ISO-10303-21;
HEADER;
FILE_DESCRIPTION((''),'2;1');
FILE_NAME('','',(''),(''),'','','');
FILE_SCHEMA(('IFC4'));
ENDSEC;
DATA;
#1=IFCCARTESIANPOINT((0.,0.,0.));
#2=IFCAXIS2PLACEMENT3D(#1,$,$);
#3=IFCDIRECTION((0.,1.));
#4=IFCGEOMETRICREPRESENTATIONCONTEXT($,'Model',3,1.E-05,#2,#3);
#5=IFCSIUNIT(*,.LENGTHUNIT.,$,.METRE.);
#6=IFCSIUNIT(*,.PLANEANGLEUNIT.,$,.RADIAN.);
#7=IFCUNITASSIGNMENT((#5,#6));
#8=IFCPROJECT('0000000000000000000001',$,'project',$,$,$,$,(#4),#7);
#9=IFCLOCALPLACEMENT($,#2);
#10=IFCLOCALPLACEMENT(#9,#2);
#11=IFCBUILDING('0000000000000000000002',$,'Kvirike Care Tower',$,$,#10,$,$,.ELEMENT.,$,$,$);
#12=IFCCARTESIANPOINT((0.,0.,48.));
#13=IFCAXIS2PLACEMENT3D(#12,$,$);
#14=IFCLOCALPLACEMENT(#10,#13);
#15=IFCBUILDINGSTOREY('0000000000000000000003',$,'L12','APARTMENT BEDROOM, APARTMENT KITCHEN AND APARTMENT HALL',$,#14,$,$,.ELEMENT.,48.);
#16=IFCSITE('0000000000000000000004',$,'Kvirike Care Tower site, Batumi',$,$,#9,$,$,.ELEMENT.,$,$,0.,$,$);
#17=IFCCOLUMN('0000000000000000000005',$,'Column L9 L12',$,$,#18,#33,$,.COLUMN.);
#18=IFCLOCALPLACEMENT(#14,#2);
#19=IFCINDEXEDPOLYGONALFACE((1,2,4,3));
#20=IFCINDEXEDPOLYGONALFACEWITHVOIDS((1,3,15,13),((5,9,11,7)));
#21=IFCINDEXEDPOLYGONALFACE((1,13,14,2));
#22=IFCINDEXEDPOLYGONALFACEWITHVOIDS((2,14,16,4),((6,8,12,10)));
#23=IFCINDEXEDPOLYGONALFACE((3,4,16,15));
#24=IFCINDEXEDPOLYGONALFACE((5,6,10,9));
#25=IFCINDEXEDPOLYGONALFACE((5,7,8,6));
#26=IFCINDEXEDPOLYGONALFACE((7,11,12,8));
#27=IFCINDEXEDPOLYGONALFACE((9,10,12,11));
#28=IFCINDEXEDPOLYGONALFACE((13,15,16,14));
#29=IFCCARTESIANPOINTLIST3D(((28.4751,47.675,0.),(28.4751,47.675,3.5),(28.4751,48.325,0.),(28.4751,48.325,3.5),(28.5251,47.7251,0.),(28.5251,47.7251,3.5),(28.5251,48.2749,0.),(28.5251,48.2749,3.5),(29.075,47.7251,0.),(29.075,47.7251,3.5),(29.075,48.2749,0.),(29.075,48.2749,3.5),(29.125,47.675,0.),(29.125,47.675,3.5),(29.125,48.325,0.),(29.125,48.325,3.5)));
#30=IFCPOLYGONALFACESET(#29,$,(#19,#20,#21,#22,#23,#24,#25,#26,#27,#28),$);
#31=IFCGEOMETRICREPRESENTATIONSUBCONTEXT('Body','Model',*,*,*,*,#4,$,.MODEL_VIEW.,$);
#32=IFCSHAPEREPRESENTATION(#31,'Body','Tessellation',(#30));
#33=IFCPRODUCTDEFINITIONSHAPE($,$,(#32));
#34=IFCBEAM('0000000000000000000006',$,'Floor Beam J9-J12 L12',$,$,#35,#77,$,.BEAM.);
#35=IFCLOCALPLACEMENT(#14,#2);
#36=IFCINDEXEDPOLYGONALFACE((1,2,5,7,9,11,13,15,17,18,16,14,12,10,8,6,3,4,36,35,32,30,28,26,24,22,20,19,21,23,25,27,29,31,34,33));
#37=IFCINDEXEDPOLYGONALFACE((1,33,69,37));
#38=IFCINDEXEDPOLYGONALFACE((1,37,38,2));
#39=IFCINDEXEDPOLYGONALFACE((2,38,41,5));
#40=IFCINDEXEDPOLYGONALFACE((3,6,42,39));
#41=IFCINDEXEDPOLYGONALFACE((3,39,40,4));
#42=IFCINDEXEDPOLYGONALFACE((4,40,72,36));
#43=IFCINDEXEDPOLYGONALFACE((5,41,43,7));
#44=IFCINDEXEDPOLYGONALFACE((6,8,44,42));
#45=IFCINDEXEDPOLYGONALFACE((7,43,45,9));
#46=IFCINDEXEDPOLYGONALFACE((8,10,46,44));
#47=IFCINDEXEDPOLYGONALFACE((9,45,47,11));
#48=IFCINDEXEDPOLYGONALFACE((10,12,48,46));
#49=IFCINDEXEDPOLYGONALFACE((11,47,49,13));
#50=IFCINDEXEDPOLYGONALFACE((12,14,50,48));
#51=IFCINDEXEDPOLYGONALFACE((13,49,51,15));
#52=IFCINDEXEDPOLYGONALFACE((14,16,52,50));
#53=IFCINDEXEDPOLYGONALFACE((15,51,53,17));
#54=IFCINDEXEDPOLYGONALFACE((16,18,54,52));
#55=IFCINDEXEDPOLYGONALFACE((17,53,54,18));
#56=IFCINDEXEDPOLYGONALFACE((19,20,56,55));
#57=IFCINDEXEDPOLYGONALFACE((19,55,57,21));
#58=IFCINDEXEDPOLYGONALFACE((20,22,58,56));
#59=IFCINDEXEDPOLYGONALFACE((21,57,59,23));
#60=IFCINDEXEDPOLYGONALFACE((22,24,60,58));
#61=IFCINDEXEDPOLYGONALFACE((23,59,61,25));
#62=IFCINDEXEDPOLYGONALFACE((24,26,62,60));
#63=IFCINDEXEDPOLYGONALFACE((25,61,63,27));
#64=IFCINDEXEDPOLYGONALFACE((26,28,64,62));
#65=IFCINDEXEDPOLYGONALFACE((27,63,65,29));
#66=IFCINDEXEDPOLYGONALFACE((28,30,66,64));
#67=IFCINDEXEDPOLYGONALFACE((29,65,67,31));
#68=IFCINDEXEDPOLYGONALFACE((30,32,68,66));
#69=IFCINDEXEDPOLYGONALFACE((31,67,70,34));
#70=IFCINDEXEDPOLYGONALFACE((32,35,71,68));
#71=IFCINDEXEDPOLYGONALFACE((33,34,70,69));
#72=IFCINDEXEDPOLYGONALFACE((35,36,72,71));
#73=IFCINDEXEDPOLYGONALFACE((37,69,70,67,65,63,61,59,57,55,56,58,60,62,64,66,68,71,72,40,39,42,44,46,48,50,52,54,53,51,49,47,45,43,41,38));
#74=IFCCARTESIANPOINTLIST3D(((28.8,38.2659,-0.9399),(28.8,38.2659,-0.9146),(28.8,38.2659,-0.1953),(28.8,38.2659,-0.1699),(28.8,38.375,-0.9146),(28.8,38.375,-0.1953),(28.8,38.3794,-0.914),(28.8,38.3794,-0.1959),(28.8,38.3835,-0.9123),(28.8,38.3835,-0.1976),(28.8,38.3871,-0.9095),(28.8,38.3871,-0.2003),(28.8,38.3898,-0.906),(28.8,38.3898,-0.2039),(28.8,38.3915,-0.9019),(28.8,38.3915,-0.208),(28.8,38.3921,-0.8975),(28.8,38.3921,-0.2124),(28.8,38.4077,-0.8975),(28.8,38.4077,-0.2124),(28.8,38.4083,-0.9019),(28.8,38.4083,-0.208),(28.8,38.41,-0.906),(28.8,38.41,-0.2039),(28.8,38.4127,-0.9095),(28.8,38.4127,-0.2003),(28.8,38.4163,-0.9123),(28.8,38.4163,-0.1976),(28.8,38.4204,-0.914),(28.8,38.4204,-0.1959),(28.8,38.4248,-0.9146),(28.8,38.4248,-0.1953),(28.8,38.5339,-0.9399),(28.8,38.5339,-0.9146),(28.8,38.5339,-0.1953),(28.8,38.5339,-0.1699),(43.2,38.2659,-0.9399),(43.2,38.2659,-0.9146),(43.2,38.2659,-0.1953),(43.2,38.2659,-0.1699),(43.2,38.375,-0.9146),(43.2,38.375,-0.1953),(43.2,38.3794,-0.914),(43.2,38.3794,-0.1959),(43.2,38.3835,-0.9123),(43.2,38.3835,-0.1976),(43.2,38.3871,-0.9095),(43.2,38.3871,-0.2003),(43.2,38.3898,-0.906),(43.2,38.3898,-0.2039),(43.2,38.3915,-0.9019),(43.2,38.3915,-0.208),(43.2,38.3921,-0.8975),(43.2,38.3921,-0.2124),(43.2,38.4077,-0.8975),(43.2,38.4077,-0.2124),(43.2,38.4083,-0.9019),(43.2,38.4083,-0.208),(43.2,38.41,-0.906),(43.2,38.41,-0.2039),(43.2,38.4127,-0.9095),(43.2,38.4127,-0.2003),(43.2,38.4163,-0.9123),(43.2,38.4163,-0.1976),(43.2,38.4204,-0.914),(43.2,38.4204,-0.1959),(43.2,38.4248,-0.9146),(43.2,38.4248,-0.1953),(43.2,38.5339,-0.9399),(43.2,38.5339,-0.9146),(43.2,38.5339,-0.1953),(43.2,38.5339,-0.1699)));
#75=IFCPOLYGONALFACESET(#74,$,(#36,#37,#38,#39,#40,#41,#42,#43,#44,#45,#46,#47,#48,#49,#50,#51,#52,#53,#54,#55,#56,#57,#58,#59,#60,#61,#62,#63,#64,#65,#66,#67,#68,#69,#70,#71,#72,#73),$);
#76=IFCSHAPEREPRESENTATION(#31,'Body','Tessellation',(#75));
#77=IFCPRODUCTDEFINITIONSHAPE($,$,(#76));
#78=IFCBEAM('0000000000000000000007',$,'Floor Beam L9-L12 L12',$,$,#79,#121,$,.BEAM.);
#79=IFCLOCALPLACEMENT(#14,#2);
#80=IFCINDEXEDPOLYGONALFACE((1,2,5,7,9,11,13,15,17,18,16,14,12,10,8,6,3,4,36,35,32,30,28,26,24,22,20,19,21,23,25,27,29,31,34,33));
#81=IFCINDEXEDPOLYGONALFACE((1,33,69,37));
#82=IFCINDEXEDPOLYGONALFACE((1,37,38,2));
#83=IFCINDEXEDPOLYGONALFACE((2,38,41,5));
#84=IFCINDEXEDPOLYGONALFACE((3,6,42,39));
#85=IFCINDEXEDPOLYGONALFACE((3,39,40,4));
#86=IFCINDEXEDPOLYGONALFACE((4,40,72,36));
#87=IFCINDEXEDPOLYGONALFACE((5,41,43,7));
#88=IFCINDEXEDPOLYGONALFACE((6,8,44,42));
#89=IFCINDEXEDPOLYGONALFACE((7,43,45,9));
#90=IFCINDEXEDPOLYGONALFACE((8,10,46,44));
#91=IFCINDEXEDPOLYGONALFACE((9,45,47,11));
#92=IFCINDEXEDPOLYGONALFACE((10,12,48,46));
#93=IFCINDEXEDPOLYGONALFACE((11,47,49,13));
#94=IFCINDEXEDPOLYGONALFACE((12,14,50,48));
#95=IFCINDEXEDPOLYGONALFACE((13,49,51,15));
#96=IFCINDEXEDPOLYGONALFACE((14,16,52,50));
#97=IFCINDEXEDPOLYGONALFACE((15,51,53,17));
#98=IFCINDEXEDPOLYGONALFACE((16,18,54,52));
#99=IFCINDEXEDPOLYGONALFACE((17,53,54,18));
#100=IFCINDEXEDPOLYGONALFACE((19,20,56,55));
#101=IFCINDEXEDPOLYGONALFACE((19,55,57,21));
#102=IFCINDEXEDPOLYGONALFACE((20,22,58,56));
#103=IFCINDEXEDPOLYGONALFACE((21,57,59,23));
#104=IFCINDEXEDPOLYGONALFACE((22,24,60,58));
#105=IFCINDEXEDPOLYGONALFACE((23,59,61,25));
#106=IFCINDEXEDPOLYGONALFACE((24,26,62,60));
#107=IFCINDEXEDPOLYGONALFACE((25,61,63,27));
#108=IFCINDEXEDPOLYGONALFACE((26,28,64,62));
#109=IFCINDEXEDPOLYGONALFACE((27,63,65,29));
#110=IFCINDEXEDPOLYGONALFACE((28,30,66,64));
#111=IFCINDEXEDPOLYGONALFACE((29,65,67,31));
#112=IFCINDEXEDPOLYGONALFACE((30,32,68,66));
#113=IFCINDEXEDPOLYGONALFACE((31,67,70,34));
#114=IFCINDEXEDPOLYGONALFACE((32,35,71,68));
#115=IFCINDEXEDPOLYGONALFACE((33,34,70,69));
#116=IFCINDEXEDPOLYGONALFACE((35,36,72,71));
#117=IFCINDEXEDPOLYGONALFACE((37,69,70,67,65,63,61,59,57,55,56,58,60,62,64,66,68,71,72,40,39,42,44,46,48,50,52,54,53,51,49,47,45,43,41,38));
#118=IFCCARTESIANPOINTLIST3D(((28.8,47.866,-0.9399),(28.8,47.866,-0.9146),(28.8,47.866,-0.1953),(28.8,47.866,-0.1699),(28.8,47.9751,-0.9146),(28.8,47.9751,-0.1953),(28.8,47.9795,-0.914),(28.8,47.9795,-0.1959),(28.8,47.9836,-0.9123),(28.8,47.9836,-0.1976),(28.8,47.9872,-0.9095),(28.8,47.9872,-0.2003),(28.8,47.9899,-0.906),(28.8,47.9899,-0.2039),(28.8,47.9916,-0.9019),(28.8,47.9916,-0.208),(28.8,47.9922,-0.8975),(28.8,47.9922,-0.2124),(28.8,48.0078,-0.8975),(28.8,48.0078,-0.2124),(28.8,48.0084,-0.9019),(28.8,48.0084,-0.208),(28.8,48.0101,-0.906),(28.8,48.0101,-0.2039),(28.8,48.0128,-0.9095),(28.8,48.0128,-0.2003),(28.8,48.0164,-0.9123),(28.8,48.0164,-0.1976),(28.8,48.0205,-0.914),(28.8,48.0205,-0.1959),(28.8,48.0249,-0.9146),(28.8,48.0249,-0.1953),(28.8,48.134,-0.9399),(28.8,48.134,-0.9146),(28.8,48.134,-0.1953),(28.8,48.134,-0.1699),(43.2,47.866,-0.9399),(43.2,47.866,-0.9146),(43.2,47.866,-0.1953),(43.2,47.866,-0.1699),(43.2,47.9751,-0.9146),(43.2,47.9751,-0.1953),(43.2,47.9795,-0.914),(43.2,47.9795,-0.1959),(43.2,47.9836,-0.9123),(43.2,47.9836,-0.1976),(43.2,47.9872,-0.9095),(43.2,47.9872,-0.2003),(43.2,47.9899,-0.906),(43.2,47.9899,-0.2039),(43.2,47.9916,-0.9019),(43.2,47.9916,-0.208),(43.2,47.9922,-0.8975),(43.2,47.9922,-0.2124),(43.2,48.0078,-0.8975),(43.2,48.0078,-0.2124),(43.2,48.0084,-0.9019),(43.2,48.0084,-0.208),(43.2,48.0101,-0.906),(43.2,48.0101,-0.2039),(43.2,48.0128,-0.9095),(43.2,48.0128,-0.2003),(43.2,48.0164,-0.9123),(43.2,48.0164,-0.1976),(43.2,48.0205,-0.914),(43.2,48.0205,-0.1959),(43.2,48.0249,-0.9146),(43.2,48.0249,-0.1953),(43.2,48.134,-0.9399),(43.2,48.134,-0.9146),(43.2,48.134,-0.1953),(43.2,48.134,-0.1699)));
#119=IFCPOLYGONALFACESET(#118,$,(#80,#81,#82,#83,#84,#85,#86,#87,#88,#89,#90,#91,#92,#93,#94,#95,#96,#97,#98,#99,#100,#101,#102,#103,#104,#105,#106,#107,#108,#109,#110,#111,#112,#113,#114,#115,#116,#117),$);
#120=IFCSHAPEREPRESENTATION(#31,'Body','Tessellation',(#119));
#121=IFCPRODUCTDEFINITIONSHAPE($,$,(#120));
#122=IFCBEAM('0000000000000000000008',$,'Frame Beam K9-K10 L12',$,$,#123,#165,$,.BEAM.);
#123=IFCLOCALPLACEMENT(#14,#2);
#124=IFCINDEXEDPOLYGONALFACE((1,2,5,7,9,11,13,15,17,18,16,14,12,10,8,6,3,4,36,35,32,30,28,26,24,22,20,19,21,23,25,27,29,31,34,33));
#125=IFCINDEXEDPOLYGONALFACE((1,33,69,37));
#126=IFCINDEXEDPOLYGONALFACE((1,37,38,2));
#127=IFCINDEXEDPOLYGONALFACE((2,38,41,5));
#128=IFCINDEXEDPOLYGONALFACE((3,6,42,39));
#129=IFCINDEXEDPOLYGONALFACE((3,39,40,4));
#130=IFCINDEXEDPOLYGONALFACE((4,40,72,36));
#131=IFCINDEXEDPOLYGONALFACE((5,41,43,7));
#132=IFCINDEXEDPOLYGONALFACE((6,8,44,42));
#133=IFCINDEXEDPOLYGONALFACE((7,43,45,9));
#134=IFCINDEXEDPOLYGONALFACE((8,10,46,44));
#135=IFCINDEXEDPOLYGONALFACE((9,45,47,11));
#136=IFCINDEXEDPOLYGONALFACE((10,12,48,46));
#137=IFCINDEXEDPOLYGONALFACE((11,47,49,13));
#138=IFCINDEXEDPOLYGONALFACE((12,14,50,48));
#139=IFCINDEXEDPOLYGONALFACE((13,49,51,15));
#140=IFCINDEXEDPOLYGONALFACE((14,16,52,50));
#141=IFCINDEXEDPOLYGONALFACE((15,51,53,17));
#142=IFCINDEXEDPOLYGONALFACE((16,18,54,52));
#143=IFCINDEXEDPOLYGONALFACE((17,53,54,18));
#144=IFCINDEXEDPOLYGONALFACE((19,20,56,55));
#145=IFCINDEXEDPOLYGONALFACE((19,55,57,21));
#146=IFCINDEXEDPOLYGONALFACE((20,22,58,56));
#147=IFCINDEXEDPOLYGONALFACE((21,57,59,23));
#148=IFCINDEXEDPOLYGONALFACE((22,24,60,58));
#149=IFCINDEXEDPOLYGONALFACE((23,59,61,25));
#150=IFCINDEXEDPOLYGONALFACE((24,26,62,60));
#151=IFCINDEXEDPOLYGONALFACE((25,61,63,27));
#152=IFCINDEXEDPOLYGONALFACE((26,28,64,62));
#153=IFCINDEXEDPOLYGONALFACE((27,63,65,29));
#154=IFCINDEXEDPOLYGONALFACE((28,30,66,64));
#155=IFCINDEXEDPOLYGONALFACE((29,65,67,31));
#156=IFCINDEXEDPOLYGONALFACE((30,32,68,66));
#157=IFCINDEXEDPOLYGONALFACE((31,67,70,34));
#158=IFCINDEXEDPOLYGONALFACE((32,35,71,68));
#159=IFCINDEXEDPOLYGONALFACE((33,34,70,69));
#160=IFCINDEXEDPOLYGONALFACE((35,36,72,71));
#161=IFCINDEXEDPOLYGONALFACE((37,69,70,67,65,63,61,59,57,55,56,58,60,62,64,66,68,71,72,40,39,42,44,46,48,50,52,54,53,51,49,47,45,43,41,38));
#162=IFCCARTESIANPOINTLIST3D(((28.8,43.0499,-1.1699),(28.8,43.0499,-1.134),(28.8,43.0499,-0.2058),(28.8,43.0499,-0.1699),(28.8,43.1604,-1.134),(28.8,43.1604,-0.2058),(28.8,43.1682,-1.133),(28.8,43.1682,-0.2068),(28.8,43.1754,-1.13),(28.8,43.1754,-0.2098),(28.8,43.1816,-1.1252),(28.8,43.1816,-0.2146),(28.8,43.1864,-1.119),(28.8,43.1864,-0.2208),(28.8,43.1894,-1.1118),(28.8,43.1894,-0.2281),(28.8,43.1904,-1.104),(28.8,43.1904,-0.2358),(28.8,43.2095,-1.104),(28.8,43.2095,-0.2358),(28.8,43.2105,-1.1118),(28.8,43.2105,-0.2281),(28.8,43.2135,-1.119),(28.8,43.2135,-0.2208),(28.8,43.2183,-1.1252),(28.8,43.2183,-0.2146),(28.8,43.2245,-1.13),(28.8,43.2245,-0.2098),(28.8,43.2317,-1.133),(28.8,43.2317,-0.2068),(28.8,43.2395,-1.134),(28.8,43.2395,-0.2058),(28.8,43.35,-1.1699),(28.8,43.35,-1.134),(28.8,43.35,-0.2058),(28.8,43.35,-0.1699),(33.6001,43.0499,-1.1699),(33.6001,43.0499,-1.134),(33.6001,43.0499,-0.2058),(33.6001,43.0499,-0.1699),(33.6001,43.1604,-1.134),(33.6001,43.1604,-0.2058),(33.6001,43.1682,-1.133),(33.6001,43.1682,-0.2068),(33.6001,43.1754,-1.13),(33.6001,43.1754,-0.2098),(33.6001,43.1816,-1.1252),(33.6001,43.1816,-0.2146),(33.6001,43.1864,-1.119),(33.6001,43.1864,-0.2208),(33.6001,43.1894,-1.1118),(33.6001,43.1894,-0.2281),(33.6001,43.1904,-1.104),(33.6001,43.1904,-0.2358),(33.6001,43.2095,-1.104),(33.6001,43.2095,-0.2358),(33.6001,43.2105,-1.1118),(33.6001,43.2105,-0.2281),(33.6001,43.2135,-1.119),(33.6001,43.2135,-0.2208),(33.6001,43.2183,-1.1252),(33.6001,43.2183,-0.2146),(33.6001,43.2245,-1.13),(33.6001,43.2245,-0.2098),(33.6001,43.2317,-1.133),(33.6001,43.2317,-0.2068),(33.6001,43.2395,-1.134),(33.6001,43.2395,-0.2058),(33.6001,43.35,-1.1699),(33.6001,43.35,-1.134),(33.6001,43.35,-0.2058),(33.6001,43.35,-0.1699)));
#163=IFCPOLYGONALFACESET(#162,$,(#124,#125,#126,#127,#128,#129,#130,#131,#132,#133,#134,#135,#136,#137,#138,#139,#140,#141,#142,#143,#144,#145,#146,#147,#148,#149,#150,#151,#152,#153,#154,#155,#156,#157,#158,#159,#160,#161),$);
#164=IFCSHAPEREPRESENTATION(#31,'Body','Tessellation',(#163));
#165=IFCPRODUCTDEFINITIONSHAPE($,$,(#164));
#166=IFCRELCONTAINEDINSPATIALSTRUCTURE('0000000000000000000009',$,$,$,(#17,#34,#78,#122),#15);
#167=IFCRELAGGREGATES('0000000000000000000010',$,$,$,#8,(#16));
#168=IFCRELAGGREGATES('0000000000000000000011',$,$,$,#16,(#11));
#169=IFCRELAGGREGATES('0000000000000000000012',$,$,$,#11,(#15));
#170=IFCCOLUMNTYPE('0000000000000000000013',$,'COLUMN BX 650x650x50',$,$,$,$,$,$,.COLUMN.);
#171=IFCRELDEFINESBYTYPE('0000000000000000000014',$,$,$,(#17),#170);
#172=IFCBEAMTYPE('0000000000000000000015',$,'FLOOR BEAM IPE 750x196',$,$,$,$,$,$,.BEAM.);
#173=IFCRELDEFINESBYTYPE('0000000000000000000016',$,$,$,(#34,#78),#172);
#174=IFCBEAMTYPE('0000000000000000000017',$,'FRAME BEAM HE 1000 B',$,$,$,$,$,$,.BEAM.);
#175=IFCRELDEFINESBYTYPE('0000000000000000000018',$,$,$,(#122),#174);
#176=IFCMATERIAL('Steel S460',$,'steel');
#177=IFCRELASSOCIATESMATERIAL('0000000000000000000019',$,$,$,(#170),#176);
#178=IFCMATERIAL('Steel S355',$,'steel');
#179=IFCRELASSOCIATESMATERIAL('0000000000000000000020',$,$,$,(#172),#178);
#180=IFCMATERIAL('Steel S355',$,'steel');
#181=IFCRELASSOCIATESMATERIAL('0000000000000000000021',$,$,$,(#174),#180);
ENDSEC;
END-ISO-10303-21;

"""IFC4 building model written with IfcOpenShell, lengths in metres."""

from ifc_helpers import new_model, si_unit, direction, frame, origin, origin_2d, place, context, subcontext, project, spatial, hollow_rectangle, i_section, extrude, material, material_profile, profile_set, type_object, element, save


model = new_model("IFC4")

# Units and contexts
model_context = context("Model", 3, precision=1e-05, world=origin(), true_north=direction((0.0, 1.0)))
body_context = subcontext(model_context, "Body", "Model", "MODEL_VIEW")
ifc_project = project(units=[si_unit("LENGTHUNIT", "METRE"), si_unit("PLANEANGLEUNIT", "RADIAN")], contexts=[model_context])

# Site, building, storey
site_placement = place(None, origin())
site = spatial("IfcSite", under=ifc_project, at=site_placement, Name="Kvirike Care Tower site, Batumi", CompositionType="ELEMENT", RefElevation=0.0)
building_placement = place(site_placement, origin())
building = spatial("IfcBuilding", under=site, at=building_placement, Name="Kvirike Care Tower", CompositionType="ELEMENT")
storey_placement = place(building_placement, frame((0.0, 0.0, 48.0)))
storey = spatial("IfcBuildingStorey", under=building, at=storey_placement, Name="L12", Description="APARTMENT BEDROOM, APARTMENT KITCHEN AND APARTMENT HALL", CompositionType="ELEMENT", Elevation=48.0)

# Column
ifc_material_1 = material(Name="Steel S460", Category="steel")
ifc_material_profile_1 = material_profile(ifc_material_1, hollow_rectangle(XDim=0.6499, YDim=0.6499, WallThickness=0.05, at=origin_2d()), Name="BX 650x650x50")
ifc_profile_set_1 = profile_set([ifc_material_profile_1], Name="Steel S460")
column_type = type_object("IfcColumnType", Name="COLUMN BX 650x650x50", PredefinedType="COLUMN", material=ifc_profile_set_1)
column_placement = place(storey_placement, frame((28.8, 48.0, 0.0), z_axis=(0.0, 0.0, 1.0), x_axis=(1.0, 0.0, 0.0)))
element("IfcColumn", 1, at=column_placement, inside=storey, type_object=column_type, Name="Column L9 L12", PredefinedType="COLUMN", context=body_context, shape_type="SweptSolid", body=[
    extrude(hollow_rectangle(XDim=0.6499, YDim=0.6499, WallThickness=0.05, at=origin_2d()), origin(), (0.0, 0.0, 1.0), 3.5),
])

# Beams
ifc_material_2 = material(Name="Steel S355", Category="steel")
ifc_material_profile_2 = material_profile(ifc_material_2, i_section(OverallWidth=0.2681, OverallDepth=0.77, WebThickness=0.0156, FlangeThickness=0.0254, FilletRadius=0.0171, at=origin_2d()), Name="IPE 750x196")
ifc_profile_set_2 = profile_set([ifc_material_profile_2], Name="Steel S355")
beam_type_1 = type_object("IfcBeamType", Name="FLOOR BEAM IPE 750x196", PredefinedType="BEAM", material=ifc_profile_set_2)
for number, where, z_axis, x_axis, name in (
    (2, (28.8, 38.3999, -0.5549), (1.0, 0.0, 0.0), (0.0, 1.0, 0.0), "Floor Beam J9-J12 L12"),
    (3, (28.8, 48.0, -0.5549), (1.0, 0.0, 0.0), (0.0, 1.0, 0.0), "Floor Beam L9-L12 L12"),
):
    element("IfcBeam", number, at=place(storey_placement, frame(where, z_axis=z_axis, x_axis=x_axis)), inside=storey, type_object=beam_type_1, Name=name, PredefinedType="BEAM", context=body_context, shape_type="SweptSolid", body=[
        extrude(i_section(OverallWidth=0.2681, OverallDepth=0.77, WebThickness=0.0156, FlangeThickness=0.0254, FilletRadius=0.0171, at=origin_2d()), origin(), (0.0, 0.0, 1.0), 14.3999),
    ])
ifc_material_3 = material(Name="Steel S355", Category="steel")
ifc_material_profile_3 = material_profile(ifc_material_3, i_section(OverallWidth=0.3, OverallDepth=1.0, WebThickness=0.019, FlangeThickness=0.0359, FilletRadius=0.03, at=origin_2d()), Name="HE 1000 B")
ifc_profile_set_3 = profile_set([ifc_material_profile_3], Name="Steel S355")
beam_type_2 = type_object("IfcBeamType", Name="FRAME BEAM HE 1000 B", PredefinedType="BEAM", material=ifc_profile_set_3)
for number, where, z_axis, x_axis, name in (
    (4, (28.8, 43.2, -0.6699), (1.0, 0.0, 0.0), (0.0, 1.0, 0.0), "Frame Beam K9-K10 L12"),
):
    element("IfcBeam", number, at=place(storey_placement, frame(where, z_axis=z_axis, x_axis=x_axis)), inside=storey, type_object=beam_type_2, Name=name, PredefinedType="BEAM", context=body_context, shape_type="SweptSolid", body=[
        extrude(i_section(OverallWidth=0.3, OverallDepth=1.0, WebThickness=0.019, FlangeThickness=0.0359, FilletRadius=0.03, at=origin_2d()), origin(), (0.0, 0.0, 1.0), 4.8),
    ])

save(model, "model.ifc")
